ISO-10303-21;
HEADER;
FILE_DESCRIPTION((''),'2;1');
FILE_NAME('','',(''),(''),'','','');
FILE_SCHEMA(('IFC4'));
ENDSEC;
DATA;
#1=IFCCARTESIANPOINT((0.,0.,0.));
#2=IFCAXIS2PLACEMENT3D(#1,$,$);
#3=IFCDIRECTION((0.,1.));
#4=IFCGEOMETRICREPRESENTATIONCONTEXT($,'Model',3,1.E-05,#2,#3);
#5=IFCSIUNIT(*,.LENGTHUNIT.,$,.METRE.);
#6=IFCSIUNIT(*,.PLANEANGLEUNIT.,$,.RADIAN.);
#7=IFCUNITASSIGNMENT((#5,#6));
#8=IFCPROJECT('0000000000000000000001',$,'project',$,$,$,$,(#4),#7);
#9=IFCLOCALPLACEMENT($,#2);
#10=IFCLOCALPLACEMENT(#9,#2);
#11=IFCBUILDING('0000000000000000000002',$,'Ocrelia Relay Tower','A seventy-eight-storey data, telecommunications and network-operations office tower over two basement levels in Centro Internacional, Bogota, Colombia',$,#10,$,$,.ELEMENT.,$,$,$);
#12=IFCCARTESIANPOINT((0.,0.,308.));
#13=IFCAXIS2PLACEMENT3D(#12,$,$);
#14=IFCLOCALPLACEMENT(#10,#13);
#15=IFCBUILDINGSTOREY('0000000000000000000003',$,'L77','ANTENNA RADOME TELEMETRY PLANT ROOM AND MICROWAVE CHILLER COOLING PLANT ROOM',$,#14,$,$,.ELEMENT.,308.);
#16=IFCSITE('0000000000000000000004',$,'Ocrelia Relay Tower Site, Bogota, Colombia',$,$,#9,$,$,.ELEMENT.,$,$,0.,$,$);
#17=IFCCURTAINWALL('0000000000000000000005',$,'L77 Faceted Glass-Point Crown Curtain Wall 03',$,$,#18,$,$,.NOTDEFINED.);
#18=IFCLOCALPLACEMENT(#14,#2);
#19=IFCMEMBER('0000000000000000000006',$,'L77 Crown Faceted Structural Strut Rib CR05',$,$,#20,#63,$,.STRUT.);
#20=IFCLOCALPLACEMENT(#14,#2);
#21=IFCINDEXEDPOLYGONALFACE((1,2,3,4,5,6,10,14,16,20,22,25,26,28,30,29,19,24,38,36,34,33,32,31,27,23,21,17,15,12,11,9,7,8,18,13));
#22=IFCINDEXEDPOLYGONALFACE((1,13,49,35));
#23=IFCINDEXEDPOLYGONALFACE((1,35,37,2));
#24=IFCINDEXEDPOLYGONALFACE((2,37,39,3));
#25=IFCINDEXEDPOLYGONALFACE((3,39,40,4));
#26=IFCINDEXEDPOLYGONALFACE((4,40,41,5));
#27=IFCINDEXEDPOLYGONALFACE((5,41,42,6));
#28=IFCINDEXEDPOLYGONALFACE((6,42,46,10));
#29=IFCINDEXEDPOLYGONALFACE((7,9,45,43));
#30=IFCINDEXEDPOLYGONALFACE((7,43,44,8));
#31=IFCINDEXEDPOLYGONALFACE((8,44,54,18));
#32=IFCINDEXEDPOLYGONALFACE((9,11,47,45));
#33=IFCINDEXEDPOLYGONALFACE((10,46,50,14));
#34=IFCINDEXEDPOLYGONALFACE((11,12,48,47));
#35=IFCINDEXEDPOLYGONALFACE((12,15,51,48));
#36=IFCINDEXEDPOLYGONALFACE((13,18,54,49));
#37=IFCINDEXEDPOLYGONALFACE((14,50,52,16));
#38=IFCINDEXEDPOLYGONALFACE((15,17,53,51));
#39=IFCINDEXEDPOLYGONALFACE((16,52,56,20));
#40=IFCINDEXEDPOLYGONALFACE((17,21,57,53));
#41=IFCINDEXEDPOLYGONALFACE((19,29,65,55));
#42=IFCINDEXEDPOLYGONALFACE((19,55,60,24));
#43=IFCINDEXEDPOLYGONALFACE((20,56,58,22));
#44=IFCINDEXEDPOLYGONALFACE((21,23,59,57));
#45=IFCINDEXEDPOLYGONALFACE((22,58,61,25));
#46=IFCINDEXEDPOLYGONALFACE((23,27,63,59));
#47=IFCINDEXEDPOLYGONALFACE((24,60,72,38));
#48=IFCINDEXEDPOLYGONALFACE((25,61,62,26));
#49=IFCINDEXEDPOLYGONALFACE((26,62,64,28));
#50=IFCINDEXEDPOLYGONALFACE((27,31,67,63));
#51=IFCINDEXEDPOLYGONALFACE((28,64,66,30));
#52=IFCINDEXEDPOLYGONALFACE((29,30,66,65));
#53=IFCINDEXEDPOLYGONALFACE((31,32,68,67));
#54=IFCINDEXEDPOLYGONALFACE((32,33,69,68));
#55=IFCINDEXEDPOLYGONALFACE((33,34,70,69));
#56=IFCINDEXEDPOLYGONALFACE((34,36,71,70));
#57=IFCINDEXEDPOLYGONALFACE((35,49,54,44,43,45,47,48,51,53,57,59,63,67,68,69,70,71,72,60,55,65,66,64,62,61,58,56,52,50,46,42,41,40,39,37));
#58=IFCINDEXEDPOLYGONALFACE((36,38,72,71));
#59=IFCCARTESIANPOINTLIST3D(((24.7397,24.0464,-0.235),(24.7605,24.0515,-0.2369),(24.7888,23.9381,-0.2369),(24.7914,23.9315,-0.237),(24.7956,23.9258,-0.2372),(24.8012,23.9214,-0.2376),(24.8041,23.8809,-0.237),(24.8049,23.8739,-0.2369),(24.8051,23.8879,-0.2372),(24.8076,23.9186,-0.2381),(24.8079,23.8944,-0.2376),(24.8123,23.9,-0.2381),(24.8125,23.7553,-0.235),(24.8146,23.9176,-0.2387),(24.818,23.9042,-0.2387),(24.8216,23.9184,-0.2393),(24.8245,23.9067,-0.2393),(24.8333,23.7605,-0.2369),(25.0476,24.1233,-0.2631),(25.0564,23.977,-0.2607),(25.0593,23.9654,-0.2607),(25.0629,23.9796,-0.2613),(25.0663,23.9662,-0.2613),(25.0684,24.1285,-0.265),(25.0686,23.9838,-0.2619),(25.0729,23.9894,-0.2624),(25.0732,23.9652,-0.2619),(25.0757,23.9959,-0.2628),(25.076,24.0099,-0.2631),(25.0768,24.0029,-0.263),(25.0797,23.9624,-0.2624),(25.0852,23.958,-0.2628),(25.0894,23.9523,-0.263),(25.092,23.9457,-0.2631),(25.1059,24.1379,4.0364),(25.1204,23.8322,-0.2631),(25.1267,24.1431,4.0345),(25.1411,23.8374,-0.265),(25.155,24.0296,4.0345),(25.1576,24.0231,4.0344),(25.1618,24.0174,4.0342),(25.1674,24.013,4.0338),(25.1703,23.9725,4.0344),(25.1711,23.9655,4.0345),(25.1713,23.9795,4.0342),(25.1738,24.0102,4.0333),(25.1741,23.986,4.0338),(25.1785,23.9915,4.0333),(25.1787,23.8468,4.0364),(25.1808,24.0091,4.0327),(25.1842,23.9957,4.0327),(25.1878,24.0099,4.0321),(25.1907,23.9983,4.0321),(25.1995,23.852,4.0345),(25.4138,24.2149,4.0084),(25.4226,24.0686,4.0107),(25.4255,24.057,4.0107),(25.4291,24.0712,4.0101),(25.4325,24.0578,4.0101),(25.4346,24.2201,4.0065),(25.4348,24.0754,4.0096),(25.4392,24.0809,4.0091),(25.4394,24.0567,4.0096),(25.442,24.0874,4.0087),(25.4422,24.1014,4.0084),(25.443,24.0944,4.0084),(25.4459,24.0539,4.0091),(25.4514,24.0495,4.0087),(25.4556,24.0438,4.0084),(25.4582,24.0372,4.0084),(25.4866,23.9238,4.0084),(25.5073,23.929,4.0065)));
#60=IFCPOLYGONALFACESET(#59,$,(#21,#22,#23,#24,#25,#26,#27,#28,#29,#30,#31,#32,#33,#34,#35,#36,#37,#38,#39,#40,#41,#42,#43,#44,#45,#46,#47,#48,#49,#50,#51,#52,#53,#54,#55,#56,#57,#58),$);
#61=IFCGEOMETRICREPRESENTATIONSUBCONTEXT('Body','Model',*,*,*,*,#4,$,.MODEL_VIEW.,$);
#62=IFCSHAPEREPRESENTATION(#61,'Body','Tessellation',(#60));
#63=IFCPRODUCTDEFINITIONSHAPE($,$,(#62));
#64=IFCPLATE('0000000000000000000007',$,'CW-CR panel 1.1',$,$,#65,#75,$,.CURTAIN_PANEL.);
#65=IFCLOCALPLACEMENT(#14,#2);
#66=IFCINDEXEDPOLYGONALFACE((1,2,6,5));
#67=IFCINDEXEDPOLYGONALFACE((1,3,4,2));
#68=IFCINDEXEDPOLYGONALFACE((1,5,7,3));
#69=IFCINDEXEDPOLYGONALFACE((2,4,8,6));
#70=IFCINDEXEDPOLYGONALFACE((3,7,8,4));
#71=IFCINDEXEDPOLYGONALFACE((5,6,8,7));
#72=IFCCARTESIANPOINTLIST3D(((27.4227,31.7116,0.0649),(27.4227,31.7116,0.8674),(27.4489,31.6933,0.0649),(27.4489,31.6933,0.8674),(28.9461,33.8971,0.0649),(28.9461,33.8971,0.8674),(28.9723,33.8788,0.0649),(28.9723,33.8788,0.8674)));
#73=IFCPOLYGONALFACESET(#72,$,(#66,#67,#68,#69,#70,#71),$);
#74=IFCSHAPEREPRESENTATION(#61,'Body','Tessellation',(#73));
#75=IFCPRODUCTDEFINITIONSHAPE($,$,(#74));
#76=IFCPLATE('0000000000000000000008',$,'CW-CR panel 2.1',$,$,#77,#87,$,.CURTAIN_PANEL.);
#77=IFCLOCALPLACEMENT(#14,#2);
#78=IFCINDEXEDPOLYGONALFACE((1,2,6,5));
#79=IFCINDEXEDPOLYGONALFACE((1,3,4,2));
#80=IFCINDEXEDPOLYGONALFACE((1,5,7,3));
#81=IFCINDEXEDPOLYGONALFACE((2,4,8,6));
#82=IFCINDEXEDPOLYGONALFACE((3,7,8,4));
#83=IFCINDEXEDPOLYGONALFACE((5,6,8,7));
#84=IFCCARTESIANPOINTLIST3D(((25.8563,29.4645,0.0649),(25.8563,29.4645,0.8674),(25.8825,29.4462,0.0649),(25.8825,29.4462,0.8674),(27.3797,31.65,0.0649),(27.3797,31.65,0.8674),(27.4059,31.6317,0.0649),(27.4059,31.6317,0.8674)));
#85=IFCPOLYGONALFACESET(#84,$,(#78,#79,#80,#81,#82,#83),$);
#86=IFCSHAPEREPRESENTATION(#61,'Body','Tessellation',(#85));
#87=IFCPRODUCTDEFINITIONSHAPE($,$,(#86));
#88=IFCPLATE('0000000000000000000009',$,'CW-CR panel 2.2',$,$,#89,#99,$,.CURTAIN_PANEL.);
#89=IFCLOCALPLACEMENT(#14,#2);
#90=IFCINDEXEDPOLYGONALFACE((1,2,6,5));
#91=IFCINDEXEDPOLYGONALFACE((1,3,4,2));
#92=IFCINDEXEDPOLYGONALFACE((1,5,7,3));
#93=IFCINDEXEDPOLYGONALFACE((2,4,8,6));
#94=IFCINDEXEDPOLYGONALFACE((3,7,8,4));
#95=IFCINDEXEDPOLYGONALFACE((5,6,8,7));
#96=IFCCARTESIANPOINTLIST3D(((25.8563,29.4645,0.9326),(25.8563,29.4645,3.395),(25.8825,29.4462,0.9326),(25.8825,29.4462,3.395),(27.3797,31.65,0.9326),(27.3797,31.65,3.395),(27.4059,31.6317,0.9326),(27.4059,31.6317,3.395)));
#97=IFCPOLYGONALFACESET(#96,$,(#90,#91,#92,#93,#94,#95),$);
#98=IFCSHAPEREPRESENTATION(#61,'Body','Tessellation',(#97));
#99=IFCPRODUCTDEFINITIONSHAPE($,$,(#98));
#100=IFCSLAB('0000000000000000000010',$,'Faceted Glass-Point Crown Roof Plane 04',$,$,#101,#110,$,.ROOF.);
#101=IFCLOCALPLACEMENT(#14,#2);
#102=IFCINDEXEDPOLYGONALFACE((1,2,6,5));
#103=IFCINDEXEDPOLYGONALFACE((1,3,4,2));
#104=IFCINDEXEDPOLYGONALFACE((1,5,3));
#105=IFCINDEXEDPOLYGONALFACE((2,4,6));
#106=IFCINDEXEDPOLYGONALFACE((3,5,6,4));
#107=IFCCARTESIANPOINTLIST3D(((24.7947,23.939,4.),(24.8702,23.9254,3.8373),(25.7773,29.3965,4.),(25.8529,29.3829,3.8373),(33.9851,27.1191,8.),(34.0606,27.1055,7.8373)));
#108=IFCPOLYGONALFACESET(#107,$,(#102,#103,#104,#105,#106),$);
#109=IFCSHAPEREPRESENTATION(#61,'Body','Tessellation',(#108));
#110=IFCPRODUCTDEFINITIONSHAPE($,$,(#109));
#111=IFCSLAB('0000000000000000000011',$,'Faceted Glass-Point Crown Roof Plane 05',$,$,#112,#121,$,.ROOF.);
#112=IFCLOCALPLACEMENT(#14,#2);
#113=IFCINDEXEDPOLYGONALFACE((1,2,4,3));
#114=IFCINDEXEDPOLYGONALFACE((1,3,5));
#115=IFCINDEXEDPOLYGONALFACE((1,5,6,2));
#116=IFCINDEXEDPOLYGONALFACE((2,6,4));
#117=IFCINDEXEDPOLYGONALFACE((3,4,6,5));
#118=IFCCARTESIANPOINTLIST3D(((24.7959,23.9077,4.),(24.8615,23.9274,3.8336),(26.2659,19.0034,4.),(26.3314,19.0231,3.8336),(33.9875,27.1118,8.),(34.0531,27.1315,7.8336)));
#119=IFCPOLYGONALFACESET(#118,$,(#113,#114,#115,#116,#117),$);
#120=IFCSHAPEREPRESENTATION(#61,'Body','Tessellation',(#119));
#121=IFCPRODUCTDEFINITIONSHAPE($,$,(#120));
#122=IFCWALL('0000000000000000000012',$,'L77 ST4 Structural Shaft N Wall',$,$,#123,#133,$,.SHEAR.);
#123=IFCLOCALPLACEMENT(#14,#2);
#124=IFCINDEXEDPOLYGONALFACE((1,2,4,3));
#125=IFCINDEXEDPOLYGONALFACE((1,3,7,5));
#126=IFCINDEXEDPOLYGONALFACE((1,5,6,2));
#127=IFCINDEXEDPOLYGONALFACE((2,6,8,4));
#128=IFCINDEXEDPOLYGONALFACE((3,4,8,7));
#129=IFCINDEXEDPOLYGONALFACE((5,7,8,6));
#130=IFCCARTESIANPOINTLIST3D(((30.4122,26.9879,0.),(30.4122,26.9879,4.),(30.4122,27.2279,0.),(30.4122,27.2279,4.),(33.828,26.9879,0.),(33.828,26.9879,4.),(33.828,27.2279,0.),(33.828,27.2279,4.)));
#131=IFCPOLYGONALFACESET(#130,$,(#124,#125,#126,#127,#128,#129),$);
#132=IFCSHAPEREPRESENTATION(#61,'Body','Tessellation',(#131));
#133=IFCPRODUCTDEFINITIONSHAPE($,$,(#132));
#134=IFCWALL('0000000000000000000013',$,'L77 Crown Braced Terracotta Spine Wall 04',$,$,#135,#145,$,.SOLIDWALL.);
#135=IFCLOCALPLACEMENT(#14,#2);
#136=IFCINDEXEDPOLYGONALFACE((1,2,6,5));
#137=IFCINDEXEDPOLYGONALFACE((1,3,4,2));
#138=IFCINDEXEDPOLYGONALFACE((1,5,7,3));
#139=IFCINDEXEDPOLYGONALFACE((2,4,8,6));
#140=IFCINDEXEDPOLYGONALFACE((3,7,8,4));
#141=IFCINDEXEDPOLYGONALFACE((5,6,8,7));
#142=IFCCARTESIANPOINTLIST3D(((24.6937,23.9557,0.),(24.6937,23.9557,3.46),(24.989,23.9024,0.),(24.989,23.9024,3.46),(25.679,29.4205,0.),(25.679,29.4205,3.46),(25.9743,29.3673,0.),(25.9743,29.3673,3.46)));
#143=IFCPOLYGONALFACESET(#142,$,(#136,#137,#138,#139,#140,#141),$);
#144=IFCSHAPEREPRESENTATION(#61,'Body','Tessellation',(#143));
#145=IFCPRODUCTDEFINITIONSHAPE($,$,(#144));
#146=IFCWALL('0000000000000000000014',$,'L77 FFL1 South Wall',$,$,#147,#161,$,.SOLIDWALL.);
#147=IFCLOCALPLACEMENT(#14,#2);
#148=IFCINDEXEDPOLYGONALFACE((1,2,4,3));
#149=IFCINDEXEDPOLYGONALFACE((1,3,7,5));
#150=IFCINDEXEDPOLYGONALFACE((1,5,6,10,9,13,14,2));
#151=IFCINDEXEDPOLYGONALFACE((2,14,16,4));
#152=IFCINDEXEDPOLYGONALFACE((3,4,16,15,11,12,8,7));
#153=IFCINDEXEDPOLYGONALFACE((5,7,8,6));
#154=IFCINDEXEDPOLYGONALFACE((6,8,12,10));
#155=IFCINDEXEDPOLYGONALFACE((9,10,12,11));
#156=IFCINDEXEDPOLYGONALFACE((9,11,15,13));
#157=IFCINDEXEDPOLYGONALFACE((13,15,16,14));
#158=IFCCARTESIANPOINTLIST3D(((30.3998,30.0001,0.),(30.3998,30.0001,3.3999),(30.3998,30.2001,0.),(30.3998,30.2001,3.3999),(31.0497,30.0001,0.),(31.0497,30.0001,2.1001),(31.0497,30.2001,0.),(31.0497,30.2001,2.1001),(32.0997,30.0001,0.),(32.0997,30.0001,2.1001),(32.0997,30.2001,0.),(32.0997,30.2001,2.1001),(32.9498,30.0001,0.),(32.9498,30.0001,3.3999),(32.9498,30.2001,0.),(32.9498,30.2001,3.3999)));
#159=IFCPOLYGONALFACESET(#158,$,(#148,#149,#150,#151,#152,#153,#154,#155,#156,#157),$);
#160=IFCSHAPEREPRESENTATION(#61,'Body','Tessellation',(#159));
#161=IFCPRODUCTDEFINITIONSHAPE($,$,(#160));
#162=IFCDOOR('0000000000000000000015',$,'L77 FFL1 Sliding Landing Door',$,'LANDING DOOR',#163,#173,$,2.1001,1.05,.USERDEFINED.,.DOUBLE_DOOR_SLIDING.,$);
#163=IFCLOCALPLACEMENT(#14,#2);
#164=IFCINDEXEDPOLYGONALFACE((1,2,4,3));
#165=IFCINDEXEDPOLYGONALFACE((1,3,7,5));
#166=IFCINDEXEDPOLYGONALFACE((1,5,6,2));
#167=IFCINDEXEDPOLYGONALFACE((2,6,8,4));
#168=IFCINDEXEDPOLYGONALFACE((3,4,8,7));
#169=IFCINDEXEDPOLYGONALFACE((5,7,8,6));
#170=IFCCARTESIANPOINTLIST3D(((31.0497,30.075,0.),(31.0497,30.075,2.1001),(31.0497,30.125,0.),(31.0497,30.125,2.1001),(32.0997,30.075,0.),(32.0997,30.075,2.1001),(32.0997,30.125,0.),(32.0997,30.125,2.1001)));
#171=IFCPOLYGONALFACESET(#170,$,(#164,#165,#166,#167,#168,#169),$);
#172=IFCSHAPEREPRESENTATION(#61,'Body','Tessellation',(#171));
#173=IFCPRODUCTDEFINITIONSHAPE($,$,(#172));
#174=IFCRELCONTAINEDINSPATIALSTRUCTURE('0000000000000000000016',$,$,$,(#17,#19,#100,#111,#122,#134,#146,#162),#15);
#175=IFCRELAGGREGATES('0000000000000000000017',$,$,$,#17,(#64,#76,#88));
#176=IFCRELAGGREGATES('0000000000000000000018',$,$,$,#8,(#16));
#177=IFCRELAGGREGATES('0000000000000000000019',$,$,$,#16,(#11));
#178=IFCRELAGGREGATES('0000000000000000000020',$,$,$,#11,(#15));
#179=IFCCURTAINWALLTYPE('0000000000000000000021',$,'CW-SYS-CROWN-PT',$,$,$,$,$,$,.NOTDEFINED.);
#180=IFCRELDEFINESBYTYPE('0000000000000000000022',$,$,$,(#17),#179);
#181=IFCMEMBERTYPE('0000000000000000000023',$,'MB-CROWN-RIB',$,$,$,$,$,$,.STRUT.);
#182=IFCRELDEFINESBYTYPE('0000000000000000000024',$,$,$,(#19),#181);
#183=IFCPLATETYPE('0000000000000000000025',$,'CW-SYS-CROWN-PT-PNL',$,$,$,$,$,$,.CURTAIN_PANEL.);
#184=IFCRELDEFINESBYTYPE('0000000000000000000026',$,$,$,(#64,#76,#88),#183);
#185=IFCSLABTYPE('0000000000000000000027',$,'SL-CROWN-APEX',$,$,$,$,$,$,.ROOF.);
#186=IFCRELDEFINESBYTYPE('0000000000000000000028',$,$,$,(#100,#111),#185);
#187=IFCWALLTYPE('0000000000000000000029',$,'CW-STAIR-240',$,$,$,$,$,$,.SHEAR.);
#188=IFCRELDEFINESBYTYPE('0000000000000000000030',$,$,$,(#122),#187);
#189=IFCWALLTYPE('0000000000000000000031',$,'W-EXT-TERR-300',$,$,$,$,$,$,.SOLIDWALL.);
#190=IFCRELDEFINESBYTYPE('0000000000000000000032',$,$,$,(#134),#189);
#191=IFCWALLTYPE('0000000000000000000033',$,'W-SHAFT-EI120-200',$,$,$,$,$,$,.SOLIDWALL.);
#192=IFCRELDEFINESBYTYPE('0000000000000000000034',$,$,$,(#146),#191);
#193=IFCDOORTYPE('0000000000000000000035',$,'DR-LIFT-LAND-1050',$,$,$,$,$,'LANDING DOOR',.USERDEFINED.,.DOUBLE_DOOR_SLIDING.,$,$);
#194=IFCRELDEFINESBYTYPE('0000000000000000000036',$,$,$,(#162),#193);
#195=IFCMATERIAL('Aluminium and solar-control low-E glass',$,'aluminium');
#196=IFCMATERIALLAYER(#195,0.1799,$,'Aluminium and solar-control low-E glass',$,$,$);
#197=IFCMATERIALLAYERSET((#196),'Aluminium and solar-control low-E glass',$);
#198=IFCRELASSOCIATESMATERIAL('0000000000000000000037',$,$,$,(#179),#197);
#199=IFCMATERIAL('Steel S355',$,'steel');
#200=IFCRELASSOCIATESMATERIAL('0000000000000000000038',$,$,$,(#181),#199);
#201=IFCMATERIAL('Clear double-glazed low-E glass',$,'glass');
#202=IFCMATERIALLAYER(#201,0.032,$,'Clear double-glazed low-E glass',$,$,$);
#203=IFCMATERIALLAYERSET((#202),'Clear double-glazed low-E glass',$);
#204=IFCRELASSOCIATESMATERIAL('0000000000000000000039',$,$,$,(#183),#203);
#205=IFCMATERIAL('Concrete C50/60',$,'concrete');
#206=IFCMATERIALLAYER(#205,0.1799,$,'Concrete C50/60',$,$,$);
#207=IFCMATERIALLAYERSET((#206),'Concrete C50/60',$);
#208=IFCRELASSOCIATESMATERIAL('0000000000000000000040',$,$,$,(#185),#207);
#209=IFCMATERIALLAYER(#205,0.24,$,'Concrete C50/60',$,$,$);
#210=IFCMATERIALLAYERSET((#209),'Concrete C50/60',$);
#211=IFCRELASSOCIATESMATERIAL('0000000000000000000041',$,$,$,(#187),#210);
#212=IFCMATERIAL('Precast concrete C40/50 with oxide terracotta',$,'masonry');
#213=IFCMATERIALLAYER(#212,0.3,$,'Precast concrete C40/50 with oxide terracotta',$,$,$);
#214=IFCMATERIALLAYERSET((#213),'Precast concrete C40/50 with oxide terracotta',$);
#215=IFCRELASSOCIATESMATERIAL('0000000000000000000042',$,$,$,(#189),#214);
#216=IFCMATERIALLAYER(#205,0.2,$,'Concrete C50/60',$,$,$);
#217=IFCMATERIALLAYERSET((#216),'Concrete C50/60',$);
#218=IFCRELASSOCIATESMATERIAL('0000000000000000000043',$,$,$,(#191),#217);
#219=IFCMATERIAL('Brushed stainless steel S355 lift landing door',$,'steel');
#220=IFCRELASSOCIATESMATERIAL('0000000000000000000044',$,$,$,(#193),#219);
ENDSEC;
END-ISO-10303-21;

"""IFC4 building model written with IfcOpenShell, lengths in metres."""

from ifc_helpers import new_model, si_unit, direction, frame, frame_2d, origin, origin_2d, place, context, subcontext, project, spatial, polyline, rectangle, i_section, outline, extrude, material, layer, layer_set, material_profile, profile_set, type_object, element, fill, aggregate, save


model = new_model("IFC4")

# Units and contexts
model_context = context("Model", 3, precision=1e-05, world=origin(), true_north=direction((0.0, 1.0)))
body_context = subcontext(model_context, "Body", "Model", "MODEL_VIEW")
ifc_project = project(units=[si_unit("LENGTHUNIT", "METRE"), si_unit("PLANEANGLEUNIT", "RADIAN")], contexts=[model_context])

# Site, building, storey
site_placement = place(None, origin())
site = spatial("IfcSite", under=ifc_project, at=site_placement, Name="Ocrelia Relay Tower Site, Bogota, Colombia", CompositionType="ELEMENT", RefElevation=0.0)
building_placement = place(site_placement, origin())
building = spatial("IfcBuilding", under=site, at=building_placement, Name="Ocrelia Relay Tower", Description="A seventy-eight-storey data, telecommunications and network-operations office tower over two basement levels in Centro Internacional, Bogota, Colombia", CompositionType="ELEMENT")
storey_placement = place(building_placement, frame((0.0, 0.0, 308.0)))
storey = spatial("IfcBuildingStorey", under=building, at=storey_placement, Name="L77", Description="ANTENNA RADOME TELEMETRY PLANT ROOM AND MICROWAVE CHILLER COOLING PLANT ROOM", CompositionType="ELEMENT", Elevation=308.0)

# Shared definitions
ifc_material_1 = material(Name="Steel S355", Category="steel")

# Curtain wall
ifc_material_2 = material(Name="Aluminium and solar-control low-E glass", Category="aluminium")
ifc_layer_1 = layer(ifc_material_2, 0.1799, Name="Aluminium and solar-control low-E glass")
ifc_layer_set_1 = layer_set([ifc_layer_1], Name="Aluminium and solar-control low-E glass")
curtain_wall_type = type_object("IfcCurtainWallType", Name="CW-SYS-CROWN-PT", PredefinedType="NOTDEFINED", material=ifc_layer_set_1)
curtain_wall_1_placement = place(storey_placement, origin())
curtain_wall_1 = element("IfcCurtainWall", 1, at=curtain_wall_1_placement, inside=storey, type_object=curtain_wall_type, Name="L77 Faceted Glass-Point Crown Curtain Wall 03", PredefinedType="NOTDEFINED")

# Member
ifc_material_profile_1 = material_profile(ifc_material_1, i_section(OverallWidth=0.3, OverallDepth=0.3401, WebThickness=0.012, FlangeThickness=0.0215, FilletRadius=0.0271, at=origin_2d()), Name="HEB 340")
ifc_profile_set_1 = profile_set([ifc_material_profile_1], Name="Steel S355")
member_type_1 = type_object("IfcMemberType", Name="MB-CROWN-RIB", PredefinedType="STRUT", material=ifc_profile_set_1)
member_1_placement = place(storey_placement, frame((24.9404, 23.9419, -0.25), z_axis=(0.085401, 0.02135, 0.996118), x_axis=(-0.242536, 0.970143, 0.0)))
element("IfcMember", 2, at=member_1_placement, inside=storey, type_object=member_type_1, Name="L77 Crown Faceted Structural Strut Rib CR05", PredefinedType="STRUT", context=body_context, shape_type="SweptSolid", body=[
    extrude(i_section(OverallWidth=0.3, OverallDepth=0.3401, WebThickness=0.012, FlangeThickness=0.0215, FilletRadius=0.0271, at=origin_2d()), origin(), (0.0, 0.0, 1.0), 4.2881),
])

# Plates
ifc_material_3 = material(Name="Clear double-glazed low-E glass", Category="glass")
ifc_layer_2 = layer(ifc_material_3, 0.032, Name="Clear double-glazed low-E glass")
ifc_layer_set_2 = layer_set([ifc_layer_2], Name="Clear double-glazed low-E glass")
plate_type = type_object("IfcPlateType", Name="CW-SYS-CROWN-PT-PNL", PredefinedType="CURTAIN_PANEL", material=ifc_layer_set_2)
plate_1_placement = place(storey_placement, frame((28.1975, 32.7952, 0.0649), z_axis=(0.0, 0.0, 1.0), x_axis=(-0.571848, -0.82036, 0.0)))
plate_1 = element("IfcPlate", 3, at=plate_1_placement, type_object=plate_type, Name="CW-CR panel 1.1", PredefinedType="CURTAIN_PANEL", context=body_context, shape_type="SweptSolid", body=[
    extrude(rectangle(XDim=2.6641, YDim=0.032, at=origin_2d()), origin(), (0.0, 0.0, 1.0), 0.8025),
])
plate_2_placement = place(storey_placement, frame((26.6311, 30.5481, 0.0649), z_axis=(0.0, 0.0, 1.0), x_axis=(-0.571848, -0.82036, 0.0)))
plate_2 = element("IfcPlate", 4, at=plate_2_placement, type_object=plate_type, Name="CW-CR panel 2.1", PredefinedType="CURTAIN_PANEL", context=body_context, shape_type="SweptSolid", body=[
    extrude(rectangle(XDim=2.6641, YDim=0.032, at=origin_2d()), origin(), (0.0, 0.0, 1.0), 0.8025),
])
plate_3_placement = place(storey_placement, frame((26.6311, 30.5481, 0.9326), z_axis=(0.0, 0.0, 1.0), x_axis=(-0.571848, -0.82036, 0.0)))
plate_3 = element("IfcPlate", 5, at=plate_3_placement, type_object=plate_type, Name="CW-CR panel 2.2", PredefinedType="CURTAIN_PANEL", context=body_context, shape_type="SweptSolid", body=[
    extrude(rectangle(XDim=2.6641, YDim=0.032, at=origin_2d()), origin(), (0.0, 0.0, 1.0), 2.4624),
])
aggregate(curtain_wall_1, [plate_1, plate_2, plate_3])

# Slabs
ifc_material_4 = material(Name="Concrete C50/60", Category="concrete")
ifc_layer_3 = layer(ifc_material_4, 0.1799, Name="Concrete C50/60")
ifc_layer_set_3 = layer_set([ifc_layer_3], Name="Concrete C50/60")
slab_type = type_object("IfcSlabType", Name="SL-CROWN-APEX", PredefinedType="ROOF", material=ifc_layer_set_3)
slab_1_placement = place(storey_placement, frame((25.7773, 29.3965, 4.0), z_axis=(-0.419809, 0.07559, 0.904459), x_axis=(-0.177208, -0.984173, 0.0)))
element("IfcSlab", 6, at=slab_1_placement, inside=storey, type_object=slab_type, Name="Faceted Glass-Point Crown Roof Plane 04", PredefinedType="ROOF", context=body_context, shape_type="SweptSolid", body=[
    extrude(outline(polyline([(0.0, 0.0), (5.5453, 0.0), (0.7868, 9.3773), (0.0, 0.0)])), origin(), (0.0, 0.0, -1.0), 0.1799),
])
slab_2_placement = place(storey_placement, frame((24.7959, 23.9077, 4.0), z_axis=(-0.364389, -0.109219, 0.92482), x_axis=(0.287112, -0.957897, 0.0)))
element("IfcSlab", 7, at=slab_2_placement, inside=storey, type_object=slab_type, Name="Faceted Glass-Point Crown Roof Plane 05", PredefinedType="ROOF", context=body_context, shape_type="SweptSolid", body=[
    extrude(outline(polyline([(0.0, 0.0), (5.1199, 0.0), (-0.4302, 10.5151), (0.0, 0.0)])), origin(), (0.0, 0.0, -1.0), 0.1799),
])

# Walls
ifc_layer_4 = layer(ifc_material_4, 0.24, Name="Concrete C50/60")
ifc_layer_set_4 = layer_set([ifc_layer_4], Name="Concrete C50/60")
wall_type_1 = type_object("IfcWallType", Name="CW-STAIR-240", PredefinedType="SHEAR", material=ifc_layer_set_4)
wall_1_placement = place(storey_placement, frame((30.4121, 27.1079, 0.0), z_axis=(0.0, 0.0, 1.0), x_axis=(1.0, 0.0, 0.0)))
element("IfcWall", 8, at=wall_1_placement, inside=storey, type_object=wall_type_1, Name="L77 ST4 Structural Shaft N Wall", PredefinedType="SHEAR", context=body_context, shape_type="SweptSolid", body=[
    extrude(rectangle(XDim=3.4158, YDim=0.24, at=frame_2d((1.708, 0.0))), origin(), (0.0, 0.0, 1.0), 4.0),
])
ifc_material_5 = material(Name="Precast concrete C40/50 with oxide terracotta", Category="masonry")
ifc_layer_5 = layer(ifc_material_5, 0.3, Name="Precast concrete C40/50 with oxide terracotta")
ifc_layer_set_5 = layer_set([ifc_layer_5], Name="Precast concrete C40/50 with oxide terracotta")
wall_type_2 = type_object("IfcWallType", Name="W-EXT-TERR-300", PredefinedType="SOLIDWALL", material=ifc_layer_set_5)
wall_2_placement = place(storey_placement, frame((25.8267, 29.3938, 0.0), z_axis=(0.0, 0.0, 1.0), x_axis=(-0.177446, -0.984131, 0.0)))
element("IfcWall", 9, at=wall_2_placement, inside=storey, type_object=wall_type_2, Name="L77 Crown Braced Terracotta Spine Wall 04", PredefinedType="SOLIDWALL", context=body_context, shape_type="SweptSolid", body=[
    extrude(rectangle(XDim=5.553, YDim=0.3, at=frame_2d((2.7764, 0.0))), origin(), (0.0, 0.0, 1.0), 3.46),
])

# Wall, opening, door
ifc_layer_6 = layer(ifc_material_4, 0.2, Name="Concrete C50/60")
ifc_layer_set_6 = layer_set([ifc_layer_6], Name="Concrete C50/60")
wall_type_3 = type_object("IfcWallType", Name="W-SHAFT-EI120-200", PredefinedType="SOLIDWALL", material=ifc_layer_set_6)
wall_3_placement = place(storey_placement, frame((30.3999, 30.1001, 0.0), z_axis=(0.0, 0.0, 1.0), x_axis=(1.0, 0.0, 0.0)))
wall_3 = element("IfcWall", 10, at=wall_3_placement, inside=storey, type_object=wall_type_3, Name="L77 FFL1 South Wall", PredefinedType="SOLIDWALL", context=body_context, shape_type="SweptSolid", body=[
    extrude(rectangle(XDim=2.55, YDim=0.2, at=frame_2d((1.2749, 0.0))), origin(), (0.0, 0.0, 1.0), 3.3999),
])
opening_placement = place(wall_3_placement, frame((0.6499, 0.0, 0.0)))
opening = element("IfcOpeningElement", 11, at=opening_placement, cuts=wall_3, PredefinedType="OPENING", context=body_context, shape_type="SweptSolid", body=[
    extrude(rectangle(XDim=1.05, YDim=2.1001, at=frame_2d((0.5249, 1.05))), frame((0.0, 0.1099, 0.0), z_axis=(0.0, -1.0, 0.0), x_axis=(1.0, 0.0, 0.0)), (0.0, 0.0, 1.0), 0.22),
])
ifc_material_6 = material(Name="Brushed stainless steel S355 lift landing door", Category="steel")
door_type = type_object("IfcDoorType", Name="DR-LIFT-LAND-1050", ElementType="LANDING DOOR", OperationType="DOUBLE_DOOR_SLIDING", PredefinedType="USERDEFINED", material=ifc_material_6)
door_placement = place(opening_placement, origin())
door = element("IfcDoor", 12, at=door_placement, inside=storey, type_object=door_type, Name="L77 FFL1 Sliding Landing Door", ObjectType="LANDING DOOR", OperationType="DOUBLE_DOOR_SLIDING", OverallHeight=2.1001, OverallWidth=1.05, PredefinedType="USERDEFINED", context=body_context, shape_type="SweptSolid", body=[
    extrude(rectangle(XDim=1.05, YDim=2.1001, at=frame_2d((0.5249, 1.05))), frame((0.0, 0.0249, 0.0), z_axis=(0.0, -1.0, 0.0), x_axis=(1.0, 0.0, 0.0)), (0.0, 0.0, 1.0), 0.05),
])
fill(opening, door)

save(model, "model.ifc")
